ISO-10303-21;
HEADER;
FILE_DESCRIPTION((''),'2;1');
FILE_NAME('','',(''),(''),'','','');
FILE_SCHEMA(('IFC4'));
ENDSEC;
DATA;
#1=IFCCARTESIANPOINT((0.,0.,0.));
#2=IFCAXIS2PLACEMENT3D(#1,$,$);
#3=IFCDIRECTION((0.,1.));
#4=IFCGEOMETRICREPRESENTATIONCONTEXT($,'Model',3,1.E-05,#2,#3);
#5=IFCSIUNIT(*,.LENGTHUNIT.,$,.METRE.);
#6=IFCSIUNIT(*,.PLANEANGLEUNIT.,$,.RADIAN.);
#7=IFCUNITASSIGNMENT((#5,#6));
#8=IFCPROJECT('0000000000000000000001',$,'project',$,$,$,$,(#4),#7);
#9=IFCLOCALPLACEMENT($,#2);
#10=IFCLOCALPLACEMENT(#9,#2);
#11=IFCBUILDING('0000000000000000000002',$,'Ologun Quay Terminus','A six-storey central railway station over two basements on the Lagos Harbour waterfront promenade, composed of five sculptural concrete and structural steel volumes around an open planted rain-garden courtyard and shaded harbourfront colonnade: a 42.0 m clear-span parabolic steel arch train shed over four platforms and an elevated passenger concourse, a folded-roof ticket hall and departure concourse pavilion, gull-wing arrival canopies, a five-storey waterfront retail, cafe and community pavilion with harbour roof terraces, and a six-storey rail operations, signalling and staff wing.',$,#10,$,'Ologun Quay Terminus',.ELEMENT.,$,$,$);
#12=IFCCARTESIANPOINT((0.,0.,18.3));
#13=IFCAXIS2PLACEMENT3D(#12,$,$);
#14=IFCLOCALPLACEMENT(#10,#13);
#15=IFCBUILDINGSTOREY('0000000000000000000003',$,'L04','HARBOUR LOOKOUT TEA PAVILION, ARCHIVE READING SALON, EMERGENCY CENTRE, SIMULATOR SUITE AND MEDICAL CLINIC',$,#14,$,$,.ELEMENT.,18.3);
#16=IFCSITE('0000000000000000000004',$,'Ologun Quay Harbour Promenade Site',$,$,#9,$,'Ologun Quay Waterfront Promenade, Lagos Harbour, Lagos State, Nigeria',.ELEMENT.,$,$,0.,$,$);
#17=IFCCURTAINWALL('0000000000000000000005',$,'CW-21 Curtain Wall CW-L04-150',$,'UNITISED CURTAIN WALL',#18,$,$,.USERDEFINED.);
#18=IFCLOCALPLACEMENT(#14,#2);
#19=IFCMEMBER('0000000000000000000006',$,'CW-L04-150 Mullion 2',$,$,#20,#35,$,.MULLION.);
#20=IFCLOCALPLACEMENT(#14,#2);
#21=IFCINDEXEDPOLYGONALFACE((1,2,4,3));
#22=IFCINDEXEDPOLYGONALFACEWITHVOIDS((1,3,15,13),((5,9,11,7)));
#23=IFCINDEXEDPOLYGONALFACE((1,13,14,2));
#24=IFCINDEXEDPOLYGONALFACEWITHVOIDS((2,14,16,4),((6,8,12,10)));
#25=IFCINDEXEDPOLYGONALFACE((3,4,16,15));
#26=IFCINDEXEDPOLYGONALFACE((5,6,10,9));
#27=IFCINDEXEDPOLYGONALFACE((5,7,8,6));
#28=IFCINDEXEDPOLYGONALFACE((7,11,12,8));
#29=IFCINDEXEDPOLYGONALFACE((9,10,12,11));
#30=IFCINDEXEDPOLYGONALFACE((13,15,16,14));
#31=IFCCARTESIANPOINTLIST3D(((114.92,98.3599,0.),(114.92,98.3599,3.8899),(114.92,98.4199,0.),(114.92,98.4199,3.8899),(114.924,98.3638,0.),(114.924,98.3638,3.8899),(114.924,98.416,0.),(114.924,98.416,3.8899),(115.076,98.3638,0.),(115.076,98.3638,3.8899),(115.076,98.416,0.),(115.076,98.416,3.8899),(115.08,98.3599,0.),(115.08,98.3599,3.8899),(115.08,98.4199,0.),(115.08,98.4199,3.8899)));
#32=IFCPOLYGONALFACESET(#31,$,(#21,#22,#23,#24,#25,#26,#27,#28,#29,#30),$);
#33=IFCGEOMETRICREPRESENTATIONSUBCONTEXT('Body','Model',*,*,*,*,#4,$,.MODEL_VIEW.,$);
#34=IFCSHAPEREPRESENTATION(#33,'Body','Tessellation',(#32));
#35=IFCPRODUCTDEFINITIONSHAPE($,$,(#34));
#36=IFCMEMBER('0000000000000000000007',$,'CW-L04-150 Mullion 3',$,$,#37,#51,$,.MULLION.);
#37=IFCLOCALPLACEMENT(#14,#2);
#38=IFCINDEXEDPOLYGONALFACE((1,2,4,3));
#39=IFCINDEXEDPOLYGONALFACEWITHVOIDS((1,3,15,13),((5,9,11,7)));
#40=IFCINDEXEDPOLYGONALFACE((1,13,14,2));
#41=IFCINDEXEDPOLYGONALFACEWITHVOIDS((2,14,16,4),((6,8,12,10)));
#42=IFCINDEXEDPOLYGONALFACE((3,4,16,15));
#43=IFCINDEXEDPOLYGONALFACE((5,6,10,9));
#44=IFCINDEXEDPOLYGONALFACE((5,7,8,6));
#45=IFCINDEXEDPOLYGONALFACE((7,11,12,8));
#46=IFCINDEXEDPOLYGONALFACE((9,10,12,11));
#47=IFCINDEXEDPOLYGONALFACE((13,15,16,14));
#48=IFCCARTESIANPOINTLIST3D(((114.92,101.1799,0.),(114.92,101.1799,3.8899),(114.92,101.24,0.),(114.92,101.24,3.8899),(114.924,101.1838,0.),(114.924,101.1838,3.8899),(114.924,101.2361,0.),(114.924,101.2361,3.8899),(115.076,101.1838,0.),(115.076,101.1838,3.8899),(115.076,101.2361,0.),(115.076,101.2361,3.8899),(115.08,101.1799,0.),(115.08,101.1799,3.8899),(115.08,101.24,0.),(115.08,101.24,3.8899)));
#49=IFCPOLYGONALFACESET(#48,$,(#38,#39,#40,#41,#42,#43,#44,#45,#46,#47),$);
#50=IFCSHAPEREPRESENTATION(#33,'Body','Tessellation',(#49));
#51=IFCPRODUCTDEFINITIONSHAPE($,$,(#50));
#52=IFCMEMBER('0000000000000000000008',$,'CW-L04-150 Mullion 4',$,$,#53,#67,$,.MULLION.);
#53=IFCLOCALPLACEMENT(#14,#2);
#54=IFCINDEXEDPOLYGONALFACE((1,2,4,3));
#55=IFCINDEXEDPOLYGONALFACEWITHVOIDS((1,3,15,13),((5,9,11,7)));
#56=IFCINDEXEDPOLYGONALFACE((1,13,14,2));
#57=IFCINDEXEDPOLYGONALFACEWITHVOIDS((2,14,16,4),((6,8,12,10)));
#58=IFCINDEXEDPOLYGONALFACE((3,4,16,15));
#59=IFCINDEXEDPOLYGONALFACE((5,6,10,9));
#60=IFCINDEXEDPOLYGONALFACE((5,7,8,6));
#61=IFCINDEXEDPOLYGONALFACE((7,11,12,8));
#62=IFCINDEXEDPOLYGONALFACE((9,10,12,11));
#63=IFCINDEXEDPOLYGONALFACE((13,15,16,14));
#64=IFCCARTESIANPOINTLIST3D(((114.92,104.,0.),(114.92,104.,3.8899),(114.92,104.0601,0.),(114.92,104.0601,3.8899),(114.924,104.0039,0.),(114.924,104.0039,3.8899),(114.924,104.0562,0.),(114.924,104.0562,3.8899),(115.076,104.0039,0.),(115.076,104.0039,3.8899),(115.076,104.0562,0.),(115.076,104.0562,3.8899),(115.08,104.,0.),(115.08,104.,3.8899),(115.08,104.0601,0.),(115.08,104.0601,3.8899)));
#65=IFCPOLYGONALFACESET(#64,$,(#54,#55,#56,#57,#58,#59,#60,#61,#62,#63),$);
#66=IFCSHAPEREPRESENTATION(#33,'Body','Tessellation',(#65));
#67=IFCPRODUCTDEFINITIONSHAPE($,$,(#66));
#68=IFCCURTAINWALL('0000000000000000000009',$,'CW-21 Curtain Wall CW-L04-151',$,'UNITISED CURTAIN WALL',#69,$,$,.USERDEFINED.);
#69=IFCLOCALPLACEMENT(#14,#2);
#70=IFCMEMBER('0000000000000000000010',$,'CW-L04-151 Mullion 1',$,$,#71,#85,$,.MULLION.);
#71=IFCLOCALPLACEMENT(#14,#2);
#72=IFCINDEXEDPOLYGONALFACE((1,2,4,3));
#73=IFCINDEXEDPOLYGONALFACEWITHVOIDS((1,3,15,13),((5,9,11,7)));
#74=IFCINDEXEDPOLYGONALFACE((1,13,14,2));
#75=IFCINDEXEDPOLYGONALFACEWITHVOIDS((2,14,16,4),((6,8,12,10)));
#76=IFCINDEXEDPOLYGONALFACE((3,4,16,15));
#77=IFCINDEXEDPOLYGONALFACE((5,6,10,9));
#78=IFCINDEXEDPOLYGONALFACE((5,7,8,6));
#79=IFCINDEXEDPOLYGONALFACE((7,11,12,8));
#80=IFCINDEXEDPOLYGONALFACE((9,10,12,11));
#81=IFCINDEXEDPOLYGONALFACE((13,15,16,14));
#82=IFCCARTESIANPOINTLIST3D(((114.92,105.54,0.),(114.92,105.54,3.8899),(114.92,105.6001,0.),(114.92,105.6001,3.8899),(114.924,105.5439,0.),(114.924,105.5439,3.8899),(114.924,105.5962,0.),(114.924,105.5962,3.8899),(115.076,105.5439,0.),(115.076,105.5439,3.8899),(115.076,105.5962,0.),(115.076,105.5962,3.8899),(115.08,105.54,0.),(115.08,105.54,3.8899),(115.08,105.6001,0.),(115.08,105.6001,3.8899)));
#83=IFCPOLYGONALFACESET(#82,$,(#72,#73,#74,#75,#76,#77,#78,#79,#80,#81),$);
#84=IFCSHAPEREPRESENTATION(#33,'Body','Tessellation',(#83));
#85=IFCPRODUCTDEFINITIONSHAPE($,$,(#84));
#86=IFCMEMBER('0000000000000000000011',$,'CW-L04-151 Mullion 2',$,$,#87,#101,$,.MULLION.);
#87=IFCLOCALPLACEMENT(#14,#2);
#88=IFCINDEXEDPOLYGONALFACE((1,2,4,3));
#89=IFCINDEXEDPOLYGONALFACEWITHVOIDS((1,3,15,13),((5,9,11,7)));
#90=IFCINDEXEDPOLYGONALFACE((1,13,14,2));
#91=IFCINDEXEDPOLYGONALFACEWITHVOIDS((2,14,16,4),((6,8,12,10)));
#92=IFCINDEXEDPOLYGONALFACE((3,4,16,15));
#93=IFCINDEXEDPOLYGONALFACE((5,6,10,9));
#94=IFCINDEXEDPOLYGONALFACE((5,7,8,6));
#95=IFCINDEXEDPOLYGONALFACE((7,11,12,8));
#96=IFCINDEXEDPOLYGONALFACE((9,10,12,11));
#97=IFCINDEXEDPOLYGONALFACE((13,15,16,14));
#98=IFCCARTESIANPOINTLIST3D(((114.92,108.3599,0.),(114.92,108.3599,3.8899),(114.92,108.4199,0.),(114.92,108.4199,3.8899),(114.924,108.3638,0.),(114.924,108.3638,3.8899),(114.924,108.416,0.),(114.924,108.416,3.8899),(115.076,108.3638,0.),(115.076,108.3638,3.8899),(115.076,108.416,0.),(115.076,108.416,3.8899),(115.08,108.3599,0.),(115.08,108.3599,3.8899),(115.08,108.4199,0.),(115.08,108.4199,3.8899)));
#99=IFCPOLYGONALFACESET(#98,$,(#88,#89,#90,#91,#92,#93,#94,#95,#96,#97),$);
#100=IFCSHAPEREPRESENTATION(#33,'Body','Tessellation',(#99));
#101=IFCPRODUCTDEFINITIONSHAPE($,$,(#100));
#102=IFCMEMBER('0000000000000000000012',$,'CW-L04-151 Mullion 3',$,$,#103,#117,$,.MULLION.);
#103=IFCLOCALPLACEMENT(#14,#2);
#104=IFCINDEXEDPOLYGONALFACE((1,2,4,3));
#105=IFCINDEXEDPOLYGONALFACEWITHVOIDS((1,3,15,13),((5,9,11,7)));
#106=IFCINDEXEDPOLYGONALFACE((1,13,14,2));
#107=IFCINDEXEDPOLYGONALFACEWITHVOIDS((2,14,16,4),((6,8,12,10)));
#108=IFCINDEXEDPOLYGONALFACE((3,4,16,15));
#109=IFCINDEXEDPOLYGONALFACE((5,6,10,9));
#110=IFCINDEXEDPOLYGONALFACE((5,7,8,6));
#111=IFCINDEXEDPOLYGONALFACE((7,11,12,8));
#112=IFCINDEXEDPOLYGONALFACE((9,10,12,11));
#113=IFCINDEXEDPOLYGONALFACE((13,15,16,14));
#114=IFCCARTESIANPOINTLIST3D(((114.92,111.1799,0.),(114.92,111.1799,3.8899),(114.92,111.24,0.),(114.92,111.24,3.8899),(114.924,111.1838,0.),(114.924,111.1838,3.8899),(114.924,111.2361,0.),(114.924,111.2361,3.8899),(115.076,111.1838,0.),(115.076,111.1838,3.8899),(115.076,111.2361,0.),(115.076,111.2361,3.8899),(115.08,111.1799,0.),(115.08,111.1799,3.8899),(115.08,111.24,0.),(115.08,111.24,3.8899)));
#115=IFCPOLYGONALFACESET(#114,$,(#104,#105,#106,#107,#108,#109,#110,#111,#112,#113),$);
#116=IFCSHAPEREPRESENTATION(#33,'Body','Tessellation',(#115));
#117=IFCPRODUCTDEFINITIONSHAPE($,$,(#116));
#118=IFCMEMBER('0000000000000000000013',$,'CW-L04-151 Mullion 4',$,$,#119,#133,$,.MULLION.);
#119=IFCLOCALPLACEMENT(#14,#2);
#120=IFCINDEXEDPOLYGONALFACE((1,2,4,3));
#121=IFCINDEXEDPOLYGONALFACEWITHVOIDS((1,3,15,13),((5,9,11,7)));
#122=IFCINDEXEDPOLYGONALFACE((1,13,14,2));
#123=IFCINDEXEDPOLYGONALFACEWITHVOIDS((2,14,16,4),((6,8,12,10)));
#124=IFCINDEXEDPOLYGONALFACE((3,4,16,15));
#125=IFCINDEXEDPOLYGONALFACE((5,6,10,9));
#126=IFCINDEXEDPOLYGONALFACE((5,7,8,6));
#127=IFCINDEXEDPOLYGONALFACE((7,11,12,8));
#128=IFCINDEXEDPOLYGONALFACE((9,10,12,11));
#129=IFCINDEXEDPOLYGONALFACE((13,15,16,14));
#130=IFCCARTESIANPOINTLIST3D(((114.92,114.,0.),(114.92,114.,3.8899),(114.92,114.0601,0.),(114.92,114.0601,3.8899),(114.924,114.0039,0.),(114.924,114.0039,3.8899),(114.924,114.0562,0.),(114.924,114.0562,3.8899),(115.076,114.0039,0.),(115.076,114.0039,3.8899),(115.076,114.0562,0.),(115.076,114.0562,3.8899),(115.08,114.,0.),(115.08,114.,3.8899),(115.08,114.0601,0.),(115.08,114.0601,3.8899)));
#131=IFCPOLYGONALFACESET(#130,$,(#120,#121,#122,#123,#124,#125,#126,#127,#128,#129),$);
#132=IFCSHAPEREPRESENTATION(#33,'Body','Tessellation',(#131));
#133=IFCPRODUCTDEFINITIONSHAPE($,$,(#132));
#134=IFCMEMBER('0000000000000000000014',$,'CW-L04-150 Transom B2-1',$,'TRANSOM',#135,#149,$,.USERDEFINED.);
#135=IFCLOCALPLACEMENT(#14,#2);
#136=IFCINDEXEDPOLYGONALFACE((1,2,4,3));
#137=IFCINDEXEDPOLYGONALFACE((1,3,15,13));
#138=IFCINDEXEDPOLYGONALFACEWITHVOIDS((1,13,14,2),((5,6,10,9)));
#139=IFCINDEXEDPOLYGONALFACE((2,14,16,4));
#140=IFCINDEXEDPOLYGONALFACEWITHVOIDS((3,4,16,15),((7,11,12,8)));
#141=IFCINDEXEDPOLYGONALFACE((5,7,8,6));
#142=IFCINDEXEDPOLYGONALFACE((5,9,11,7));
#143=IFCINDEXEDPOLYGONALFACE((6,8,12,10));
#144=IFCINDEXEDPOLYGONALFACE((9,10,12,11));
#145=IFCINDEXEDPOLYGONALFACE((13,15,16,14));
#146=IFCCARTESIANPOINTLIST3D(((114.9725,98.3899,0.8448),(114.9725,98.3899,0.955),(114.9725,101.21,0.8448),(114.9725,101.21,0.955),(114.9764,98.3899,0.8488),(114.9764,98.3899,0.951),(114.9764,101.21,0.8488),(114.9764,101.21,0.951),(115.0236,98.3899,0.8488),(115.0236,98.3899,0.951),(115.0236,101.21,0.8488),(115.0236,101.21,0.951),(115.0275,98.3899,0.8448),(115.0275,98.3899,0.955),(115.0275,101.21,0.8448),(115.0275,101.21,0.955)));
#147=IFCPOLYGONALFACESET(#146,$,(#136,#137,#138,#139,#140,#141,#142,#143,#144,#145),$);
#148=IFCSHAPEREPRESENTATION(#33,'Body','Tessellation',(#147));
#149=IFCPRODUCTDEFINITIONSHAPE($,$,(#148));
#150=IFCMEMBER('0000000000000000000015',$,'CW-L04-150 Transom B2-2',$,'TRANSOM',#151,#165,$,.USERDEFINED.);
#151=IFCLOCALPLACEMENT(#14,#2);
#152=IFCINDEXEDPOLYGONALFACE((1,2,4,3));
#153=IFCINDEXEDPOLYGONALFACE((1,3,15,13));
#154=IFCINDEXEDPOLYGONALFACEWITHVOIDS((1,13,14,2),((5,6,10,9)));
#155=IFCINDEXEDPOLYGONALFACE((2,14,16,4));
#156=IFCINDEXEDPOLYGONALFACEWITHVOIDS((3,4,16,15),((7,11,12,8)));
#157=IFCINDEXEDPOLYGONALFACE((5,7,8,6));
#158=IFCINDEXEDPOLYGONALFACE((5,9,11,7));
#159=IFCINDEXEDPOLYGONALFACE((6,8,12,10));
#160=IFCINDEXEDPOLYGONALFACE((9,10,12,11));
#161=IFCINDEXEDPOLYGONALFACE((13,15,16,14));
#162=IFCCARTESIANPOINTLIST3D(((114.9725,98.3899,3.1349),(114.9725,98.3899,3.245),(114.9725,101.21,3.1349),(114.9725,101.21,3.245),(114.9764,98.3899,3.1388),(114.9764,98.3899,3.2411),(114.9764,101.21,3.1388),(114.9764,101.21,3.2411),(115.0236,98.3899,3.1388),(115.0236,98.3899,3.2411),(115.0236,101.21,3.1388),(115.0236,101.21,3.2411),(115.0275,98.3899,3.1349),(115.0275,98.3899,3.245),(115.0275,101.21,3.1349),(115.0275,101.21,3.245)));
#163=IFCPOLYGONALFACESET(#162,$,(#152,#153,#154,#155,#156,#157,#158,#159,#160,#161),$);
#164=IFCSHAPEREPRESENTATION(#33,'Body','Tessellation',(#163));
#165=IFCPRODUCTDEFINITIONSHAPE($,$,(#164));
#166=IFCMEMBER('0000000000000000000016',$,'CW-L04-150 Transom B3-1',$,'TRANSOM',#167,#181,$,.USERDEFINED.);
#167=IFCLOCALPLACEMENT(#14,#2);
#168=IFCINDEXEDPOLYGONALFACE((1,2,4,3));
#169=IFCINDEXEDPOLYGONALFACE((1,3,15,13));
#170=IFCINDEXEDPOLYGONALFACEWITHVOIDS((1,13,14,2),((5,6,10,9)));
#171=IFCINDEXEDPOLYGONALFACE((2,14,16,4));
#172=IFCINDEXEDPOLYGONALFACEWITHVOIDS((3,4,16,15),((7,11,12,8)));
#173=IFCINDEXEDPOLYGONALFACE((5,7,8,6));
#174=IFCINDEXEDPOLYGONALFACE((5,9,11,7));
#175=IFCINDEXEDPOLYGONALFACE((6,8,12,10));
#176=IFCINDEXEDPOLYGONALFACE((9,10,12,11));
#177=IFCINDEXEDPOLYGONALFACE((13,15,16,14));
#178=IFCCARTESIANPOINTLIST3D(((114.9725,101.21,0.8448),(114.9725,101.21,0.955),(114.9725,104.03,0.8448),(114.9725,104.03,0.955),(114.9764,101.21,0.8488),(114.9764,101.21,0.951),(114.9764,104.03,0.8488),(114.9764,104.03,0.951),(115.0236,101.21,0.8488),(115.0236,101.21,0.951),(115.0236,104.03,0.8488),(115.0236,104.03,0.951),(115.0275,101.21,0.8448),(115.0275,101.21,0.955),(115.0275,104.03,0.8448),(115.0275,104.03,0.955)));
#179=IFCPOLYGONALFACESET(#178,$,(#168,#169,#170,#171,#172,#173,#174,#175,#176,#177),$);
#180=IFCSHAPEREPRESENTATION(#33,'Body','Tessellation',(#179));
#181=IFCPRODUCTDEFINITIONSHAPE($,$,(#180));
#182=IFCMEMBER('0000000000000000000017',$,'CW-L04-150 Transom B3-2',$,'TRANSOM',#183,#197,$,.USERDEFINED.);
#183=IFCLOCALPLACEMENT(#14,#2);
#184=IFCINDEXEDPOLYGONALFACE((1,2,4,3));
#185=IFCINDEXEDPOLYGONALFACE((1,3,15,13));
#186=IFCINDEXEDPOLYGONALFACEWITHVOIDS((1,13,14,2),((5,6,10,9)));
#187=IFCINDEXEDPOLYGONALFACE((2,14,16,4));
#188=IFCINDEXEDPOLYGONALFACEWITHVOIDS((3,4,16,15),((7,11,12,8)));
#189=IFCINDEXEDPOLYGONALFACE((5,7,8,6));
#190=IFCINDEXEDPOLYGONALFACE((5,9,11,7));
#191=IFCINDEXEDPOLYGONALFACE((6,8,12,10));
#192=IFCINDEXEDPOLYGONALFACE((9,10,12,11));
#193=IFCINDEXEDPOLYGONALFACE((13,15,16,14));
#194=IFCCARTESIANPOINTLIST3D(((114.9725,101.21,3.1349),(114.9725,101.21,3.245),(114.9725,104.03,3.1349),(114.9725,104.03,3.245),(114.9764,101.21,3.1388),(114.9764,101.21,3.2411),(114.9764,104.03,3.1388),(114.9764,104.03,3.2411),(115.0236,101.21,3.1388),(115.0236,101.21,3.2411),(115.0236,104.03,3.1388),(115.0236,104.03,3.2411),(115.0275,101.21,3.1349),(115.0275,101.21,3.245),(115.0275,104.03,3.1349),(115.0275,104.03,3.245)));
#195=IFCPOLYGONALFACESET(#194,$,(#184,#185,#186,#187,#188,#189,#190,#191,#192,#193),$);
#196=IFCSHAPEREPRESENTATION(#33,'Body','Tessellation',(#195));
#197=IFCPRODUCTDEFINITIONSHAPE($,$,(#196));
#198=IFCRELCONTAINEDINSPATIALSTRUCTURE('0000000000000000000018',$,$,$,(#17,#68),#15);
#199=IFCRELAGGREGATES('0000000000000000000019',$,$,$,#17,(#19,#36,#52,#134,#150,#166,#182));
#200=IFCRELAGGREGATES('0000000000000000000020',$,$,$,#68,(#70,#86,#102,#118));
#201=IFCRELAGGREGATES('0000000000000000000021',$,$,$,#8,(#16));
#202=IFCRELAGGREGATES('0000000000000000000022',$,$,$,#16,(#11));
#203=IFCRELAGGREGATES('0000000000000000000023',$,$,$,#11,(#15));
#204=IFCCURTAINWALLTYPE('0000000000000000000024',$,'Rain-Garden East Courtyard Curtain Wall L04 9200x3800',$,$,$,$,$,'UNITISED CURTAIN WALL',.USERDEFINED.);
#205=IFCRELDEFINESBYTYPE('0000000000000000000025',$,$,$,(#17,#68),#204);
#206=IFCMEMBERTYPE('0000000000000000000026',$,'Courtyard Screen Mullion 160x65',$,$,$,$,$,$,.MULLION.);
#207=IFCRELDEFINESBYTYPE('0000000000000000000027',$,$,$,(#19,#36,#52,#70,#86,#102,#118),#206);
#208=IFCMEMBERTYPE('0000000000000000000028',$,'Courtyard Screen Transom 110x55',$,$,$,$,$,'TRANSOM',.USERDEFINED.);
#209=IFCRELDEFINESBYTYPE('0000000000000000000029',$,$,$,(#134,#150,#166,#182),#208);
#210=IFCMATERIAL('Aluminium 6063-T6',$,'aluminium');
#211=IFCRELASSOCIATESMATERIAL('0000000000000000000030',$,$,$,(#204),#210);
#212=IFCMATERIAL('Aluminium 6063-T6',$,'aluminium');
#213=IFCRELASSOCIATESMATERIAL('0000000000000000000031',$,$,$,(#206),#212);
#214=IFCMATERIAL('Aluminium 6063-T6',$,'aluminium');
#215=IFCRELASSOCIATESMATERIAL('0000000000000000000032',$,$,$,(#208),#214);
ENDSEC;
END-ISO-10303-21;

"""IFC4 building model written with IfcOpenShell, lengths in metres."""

from ifc_helpers import new_model, si_unit, direction, frame, origin, origin_2d, place, context, subcontext, project, spatial, hollow_rectangle, extrude, material, material_profile, profile_set, type_object, element, aggregate, save


model = new_model("IFC4")

# Units and contexts
model_context = context("Model", 3, precision=1e-05, world=origin(), true_north=direction((0.0, 1.0)))
body_context = subcontext(model_context, "Body", "Model", "MODEL_VIEW")
ifc_project = project(units=[si_unit("LENGTHUNIT", "METRE"), si_unit("PLANEANGLEUNIT", "RADIAN")], contexts=[model_context])

# Site, building, storey
site_placement = place(None, origin())
site = spatial("IfcSite", under=ifc_project, at=site_placement, Name="Ologun Quay Harbour Promenade Site", LongName="Ologun Quay Waterfront Promenade, Lagos Harbour, Lagos State, Nigeria", CompositionType="ELEMENT", RefElevation=0.0)
building_placement = place(site_placement, origin())
building = spatial("IfcBuilding", under=site, at=building_placement, Name="Ologun Quay Terminus", Description="A six-storey central railway station over two basements on the Lagos Harbour waterfront promenade, composed of five sculptural concrete and structural steel volumes around an open planted rain-garden courtyard and shaded harbourfront colonnade: a 42.0 m clear-span parabolic steel arch train shed over four platforms and an elevated passenger concourse, a folded-roof ticket hall and departure concourse pavilion, gull-wing arrival canopies, a five-storey waterfront retail, cafe and community pavilion with harbour roof terraces, and a six-storey rail operations, signalling and staff wing.", LongName="Ologun Quay Terminus", CompositionType="ELEMENT")
storey_placement = place(building_placement, frame((0.0, 0.0, 18.3)))
storey = spatial("IfcBuildingStorey", under=building, at=storey_placement, Name="L04", Description="HARBOUR LOOKOUT TEA PAVILION, ARCHIVE READING SALON, EMERGENCY CENTRE, SIMULATOR SUITE AND MEDICAL CLINIC", CompositionType="ELEMENT", Elevation=18.3)

# Curtain walls, members
ifc_material_1 = material(Name="Aluminium 6063-T6", Category="aluminium")
curtain_wall_type = type_object("IfcCurtainWallType", Name="Rain-Garden East Courtyard Curtain Wall L04 9200x3800", ElementType="UNITISED CURTAIN WALL", PredefinedType="USERDEFINED", material=ifc_material_1)
curtain_wall_1_placement = place(storey_placement, origin())
curtain_wall_1 = element("IfcCurtainWall", 1, at=curtain_wall_1_placement, inside=storey, type_object=curtain_wall_type, Name="CW-21 Curtain Wall CW-L04-150", ObjectType="UNITISED CURTAIN WALL", PredefinedType="USERDEFINED")
ifc_material_2 = material(Name="Aluminium 6063-T6", Category="aluminium")
ifc_material_profile_1 = material_profile(ifc_material_2, hollow_rectangle(XDim=0.0601, YDim=0.1599, WallThickness=0.0039, at=origin_2d()), Name="ALU 160x60x4")
ifc_profile_set_1 = profile_set([ifc_material_profile_1], Name="Aluminium 6063-T6")
member_type_1 = type_object("IfcMemberType", Name="Courtyard Screen Mullion 160x65", PredefinedType="MULLION", material=ifc_profile_set_1)
member_1_placement = place(storey_placement, frame((115.0, 98.3899, 0.0), z_axis=(0.0, 0.0, 1.0), x_axis=(0.0, 1.0, 0.0)))
member_1 = element("IfcMember", 2, at=member_1_placement, type_object=member_type_1, Name="CW-L04-150 Mullion 2", PredefinedType="MULLION", context=body_context, shape_type="SweptSolid", body=[
    extrude(hollow_rectangle(XDim=0.0601, YDim=0.1599, WallThickness=0.0039, at=origin_2d()), origin(), (0.0, 0.0, 1.0), 3.8899),
])
member_2_placement = place(storey_placement, frame((115.0, 101.21, 0.0), z_axis=(0.0, 0.0, 1.0), x_axis=(0.0, 1.0, 0.0)))
member_2 = element("IfcMember", 3, at=member_2_placement, type_object=member_type_1, Name="CW-L04-150 Mullion 3", PredefinedType="MULLION", context=body_context, shape_type="SweptSolid", body=[
    extrude(hollow_rectangle(XDim=0.0601, YDim=0.1599, WallThickness=0.0039, at=origin_2d()), origin(), (0.0, 0.0, 1.0), 3.8899),
])
member_3_placement = place(storey_placement, frame((115.0, 104.03, 0.0), z_axis=(0.0, 0.0, 1.0), x_axis=(0.0, 1.0, 0.0)))
member_3 = element("IfcMember", 4, at=member_3_placement, type_object=member_type_1, Name="CW-L04-150 Mullion 4", PredefinedType="MULLION", context=body_context, shape_type="SweptSolid", body=[
    extrude(hollow_rectangle(XDim=0.0601, YDim=0.1599, WallThickness=0.0039, at=origin_2d()), origin(), (0.0, 0.0, 1.0), 3.8899),
])
curtain_wall_2_placement = place(storey_placement, origin())
curtain_wall_2 = element("IfcCurtainWall", 5, at=curtain_wall_2_placement, inside=storey, type_object=curtain_wall_type, Name="CW-21 Curtain Wall CW-L04-151", ObjectType="UNITISED CURTAIN WALL", PredefinedType="USERDEFINED")
member_4_placement = place(storey_placement, frame((115.0, 105.5701, 0.0), z_axis=(0.0, 0.0, 1.0), x_axis=(0.0, 1.0, 0.0)))
member_4 = element("IfcMember", 6, at=member_4_placement, type_object=member_type_1, Name="CW-L04-151 Mullion 1", PredefinedType="MULLION", context=body_context, shape_type="SweptSolid", body=[
    extrude(hollow_rectangle(XDim=0.0601, YDim=0.1599, WallThickness=0.0039, at=origin_2d()), origin(), (0.0, 0.0, 1.0), 3.8899),
])
member_5_placement = place(storey_placement, frame((115.0, 108.3899, 0.0), z_axis=(0.0, 0.0, 1.0), x_axis=(0.0, 1.0, 0.0)))
member_5 = element("IfcMember", 7, at=member_5_placement, type_object=member_type_1, Name="CW-L04-151 Mullion 2", PredefinedType="MULLION", context=body_context, shape_type="SweptSolid", body=[
    extrude(hollow_rectangle(XDim=0.0601, YDim=0.1599, WallThickness=0.0039, at=origin_2d()), origin(), (0.0, 0.0, 1.0), 3.8899),
])
member_6_placement = place(storey_placement, frame((115.0, 111.21, 0.0), z_axis=(0.0, 0.0, 1.0), x_axis=(0.0, 1.0, 0.0)))
member_6 = element("IfcMember", 8, at=member_6_placement, type_object=member_type_1, Name="CW-L04-151 Mullion 3", PredefinedType="MULLION", context=body_context, shape_type="SweptSolid", body=[
    extrude(hollow_rectangle(XDim=0.0601, YDim=0.1599, WallThickness=0.0039, at=origin_2d()), origin(), (0.0, 0.0, 1.0), 3.8899),
])
member_7_placement = place(storey_placement, frame((115.0, 114.03, 0.0), z_axis=(0.0, 0.0, 1.0), x_axis=(0.0, 1.0, 0.0)))
member_7 = element("IfcMember", 9, at=member_7_placement, type_object=member_type_1, Name="CW-L04-151 Mullion 4", PredefinedType="MULLION", context=body_context, shape_type="SweptSolid", body=[
    extrude(hollow_rectangle(XDim=0.0601, YDim=0.1599, WallThickness=0.0039, at=origin_2d()), origin(), (0.0, 0.0, 1.0), 3.8899),
])

# Members
ifc_material_3 = material(Name="Aluminium 6063-T6", Category="aluminium")
ifc_material_profile_2 = material_profile(ifc_material_3, hollow_rectangle(XDim=0.0549, YDim=0.1101, WallThickness=0.0039, at=origin_2d()), Name="ALU 110x55x4")
ifc_profile_set_2 = profile_set([ifc_material_profile_2], Name="Aluminium 6063-T6")
member_type_2 = type_object("IfcMemberType", Name="Courtyard Screen Transom 110x55", ElementType="TRANSOM", PredefinedType="USERDEFINED", material=ifc_profile_set_2)
member_8_placement = place(storey_placement, frame((115.0, 98.3899, 0.8999), z_axis=(0.0, 1.0, 0.0), x_axis=(-1.0, 0.0, 0.0)))
member_8 = element("IfcMember", 10, at=member_8_placement, type_object=member_type_2, Name="CW-L04-150 Transom B2-1", ObjectType="TRANSOM", PredefinedType="USERDEFINED", context=body_context, shape_type="SweptSolid", body=[
    extrude(hollow_rectangle(XDim=0.0549, YDim=0.1101, WallThickness=0.0039, at=origin_2d()), origin(), (0.0, 0.0, 1.0), 2.8201),
])
member_9_placement = place(storey_placement, frame((115.0, 98.3899, 3.1899), z_axis=(0.0, 1.0, 0.0), x_axis=(-1.0, 0.0, 0.0)))
member_9 = element("IfcMember", 11, at=member_9_placement, type_object=member_type_2, Name="CW-L04-150 Transom B2-2", ObjectType="TRANSOM", PredefinedType="USERDEFINED", context=body_context, shape_type="SweptSolid", body=[
    extrude(hollow_rectangle(XDim=0.0549, YDim=0.1101, WallThickness=0.0039, at=origin_2d()), origin(), (0.0, 0.0, 1.0), 2.8201),
])
member_10_placement = place(storey_placement, frame((115.0, 101.21, 0.8999), z_axis=(0.0, 1.0, 0.0), x_axis=(-1.0, 0.0, 0.0)))
member_10 = element("IfcMember", 12, at=member_10_placement, type_object=member_type_2, Name="CW-L04-150 Transom B3-1", ObjectType="TRANSOM", PredefinedType="USERDEFINED", context=body_context, shape_type="SweptSolid", body=[
    extrude(hollow_rectangle(XDim=0.0549, YDim=0.1101, WallThickness=0.0039, at=origin_2d()), origin(), (0.0, 0.0, 1.0), 2.8201),
])
member_11_placement = place(storey_placement, frame((115.0, 101.21, 3.1899), z_axis=(0.0, 1.0, 0.0), x_axis=(-1.0, 0.0, 0.0)))
member_11 = element("IfcMember", 13, at=member_11_placement, type_object=member_type_2, Name="CW-L04-150 Transom B3-2", ObjectType="TRANSOM", PredefinedType="USERDEFINED", context=body_context, shape_type="SweptSolid", body=[
    extrude(hollow_rectangle(XDim=0.0549, YDim=0.1101, WallThickness=0.0039, at=origin_2d()), origin(), (0.0, 0.0, 1.0), 2.8201),
])

aggregate(curtain_wall_1, [member_1, member_2, member_3, member_8, member_9, member_10, member_11])
aggregate(curtain_wall_2, [member_4, member_5, member_6, member_7])

save(model, "model.ifc")
